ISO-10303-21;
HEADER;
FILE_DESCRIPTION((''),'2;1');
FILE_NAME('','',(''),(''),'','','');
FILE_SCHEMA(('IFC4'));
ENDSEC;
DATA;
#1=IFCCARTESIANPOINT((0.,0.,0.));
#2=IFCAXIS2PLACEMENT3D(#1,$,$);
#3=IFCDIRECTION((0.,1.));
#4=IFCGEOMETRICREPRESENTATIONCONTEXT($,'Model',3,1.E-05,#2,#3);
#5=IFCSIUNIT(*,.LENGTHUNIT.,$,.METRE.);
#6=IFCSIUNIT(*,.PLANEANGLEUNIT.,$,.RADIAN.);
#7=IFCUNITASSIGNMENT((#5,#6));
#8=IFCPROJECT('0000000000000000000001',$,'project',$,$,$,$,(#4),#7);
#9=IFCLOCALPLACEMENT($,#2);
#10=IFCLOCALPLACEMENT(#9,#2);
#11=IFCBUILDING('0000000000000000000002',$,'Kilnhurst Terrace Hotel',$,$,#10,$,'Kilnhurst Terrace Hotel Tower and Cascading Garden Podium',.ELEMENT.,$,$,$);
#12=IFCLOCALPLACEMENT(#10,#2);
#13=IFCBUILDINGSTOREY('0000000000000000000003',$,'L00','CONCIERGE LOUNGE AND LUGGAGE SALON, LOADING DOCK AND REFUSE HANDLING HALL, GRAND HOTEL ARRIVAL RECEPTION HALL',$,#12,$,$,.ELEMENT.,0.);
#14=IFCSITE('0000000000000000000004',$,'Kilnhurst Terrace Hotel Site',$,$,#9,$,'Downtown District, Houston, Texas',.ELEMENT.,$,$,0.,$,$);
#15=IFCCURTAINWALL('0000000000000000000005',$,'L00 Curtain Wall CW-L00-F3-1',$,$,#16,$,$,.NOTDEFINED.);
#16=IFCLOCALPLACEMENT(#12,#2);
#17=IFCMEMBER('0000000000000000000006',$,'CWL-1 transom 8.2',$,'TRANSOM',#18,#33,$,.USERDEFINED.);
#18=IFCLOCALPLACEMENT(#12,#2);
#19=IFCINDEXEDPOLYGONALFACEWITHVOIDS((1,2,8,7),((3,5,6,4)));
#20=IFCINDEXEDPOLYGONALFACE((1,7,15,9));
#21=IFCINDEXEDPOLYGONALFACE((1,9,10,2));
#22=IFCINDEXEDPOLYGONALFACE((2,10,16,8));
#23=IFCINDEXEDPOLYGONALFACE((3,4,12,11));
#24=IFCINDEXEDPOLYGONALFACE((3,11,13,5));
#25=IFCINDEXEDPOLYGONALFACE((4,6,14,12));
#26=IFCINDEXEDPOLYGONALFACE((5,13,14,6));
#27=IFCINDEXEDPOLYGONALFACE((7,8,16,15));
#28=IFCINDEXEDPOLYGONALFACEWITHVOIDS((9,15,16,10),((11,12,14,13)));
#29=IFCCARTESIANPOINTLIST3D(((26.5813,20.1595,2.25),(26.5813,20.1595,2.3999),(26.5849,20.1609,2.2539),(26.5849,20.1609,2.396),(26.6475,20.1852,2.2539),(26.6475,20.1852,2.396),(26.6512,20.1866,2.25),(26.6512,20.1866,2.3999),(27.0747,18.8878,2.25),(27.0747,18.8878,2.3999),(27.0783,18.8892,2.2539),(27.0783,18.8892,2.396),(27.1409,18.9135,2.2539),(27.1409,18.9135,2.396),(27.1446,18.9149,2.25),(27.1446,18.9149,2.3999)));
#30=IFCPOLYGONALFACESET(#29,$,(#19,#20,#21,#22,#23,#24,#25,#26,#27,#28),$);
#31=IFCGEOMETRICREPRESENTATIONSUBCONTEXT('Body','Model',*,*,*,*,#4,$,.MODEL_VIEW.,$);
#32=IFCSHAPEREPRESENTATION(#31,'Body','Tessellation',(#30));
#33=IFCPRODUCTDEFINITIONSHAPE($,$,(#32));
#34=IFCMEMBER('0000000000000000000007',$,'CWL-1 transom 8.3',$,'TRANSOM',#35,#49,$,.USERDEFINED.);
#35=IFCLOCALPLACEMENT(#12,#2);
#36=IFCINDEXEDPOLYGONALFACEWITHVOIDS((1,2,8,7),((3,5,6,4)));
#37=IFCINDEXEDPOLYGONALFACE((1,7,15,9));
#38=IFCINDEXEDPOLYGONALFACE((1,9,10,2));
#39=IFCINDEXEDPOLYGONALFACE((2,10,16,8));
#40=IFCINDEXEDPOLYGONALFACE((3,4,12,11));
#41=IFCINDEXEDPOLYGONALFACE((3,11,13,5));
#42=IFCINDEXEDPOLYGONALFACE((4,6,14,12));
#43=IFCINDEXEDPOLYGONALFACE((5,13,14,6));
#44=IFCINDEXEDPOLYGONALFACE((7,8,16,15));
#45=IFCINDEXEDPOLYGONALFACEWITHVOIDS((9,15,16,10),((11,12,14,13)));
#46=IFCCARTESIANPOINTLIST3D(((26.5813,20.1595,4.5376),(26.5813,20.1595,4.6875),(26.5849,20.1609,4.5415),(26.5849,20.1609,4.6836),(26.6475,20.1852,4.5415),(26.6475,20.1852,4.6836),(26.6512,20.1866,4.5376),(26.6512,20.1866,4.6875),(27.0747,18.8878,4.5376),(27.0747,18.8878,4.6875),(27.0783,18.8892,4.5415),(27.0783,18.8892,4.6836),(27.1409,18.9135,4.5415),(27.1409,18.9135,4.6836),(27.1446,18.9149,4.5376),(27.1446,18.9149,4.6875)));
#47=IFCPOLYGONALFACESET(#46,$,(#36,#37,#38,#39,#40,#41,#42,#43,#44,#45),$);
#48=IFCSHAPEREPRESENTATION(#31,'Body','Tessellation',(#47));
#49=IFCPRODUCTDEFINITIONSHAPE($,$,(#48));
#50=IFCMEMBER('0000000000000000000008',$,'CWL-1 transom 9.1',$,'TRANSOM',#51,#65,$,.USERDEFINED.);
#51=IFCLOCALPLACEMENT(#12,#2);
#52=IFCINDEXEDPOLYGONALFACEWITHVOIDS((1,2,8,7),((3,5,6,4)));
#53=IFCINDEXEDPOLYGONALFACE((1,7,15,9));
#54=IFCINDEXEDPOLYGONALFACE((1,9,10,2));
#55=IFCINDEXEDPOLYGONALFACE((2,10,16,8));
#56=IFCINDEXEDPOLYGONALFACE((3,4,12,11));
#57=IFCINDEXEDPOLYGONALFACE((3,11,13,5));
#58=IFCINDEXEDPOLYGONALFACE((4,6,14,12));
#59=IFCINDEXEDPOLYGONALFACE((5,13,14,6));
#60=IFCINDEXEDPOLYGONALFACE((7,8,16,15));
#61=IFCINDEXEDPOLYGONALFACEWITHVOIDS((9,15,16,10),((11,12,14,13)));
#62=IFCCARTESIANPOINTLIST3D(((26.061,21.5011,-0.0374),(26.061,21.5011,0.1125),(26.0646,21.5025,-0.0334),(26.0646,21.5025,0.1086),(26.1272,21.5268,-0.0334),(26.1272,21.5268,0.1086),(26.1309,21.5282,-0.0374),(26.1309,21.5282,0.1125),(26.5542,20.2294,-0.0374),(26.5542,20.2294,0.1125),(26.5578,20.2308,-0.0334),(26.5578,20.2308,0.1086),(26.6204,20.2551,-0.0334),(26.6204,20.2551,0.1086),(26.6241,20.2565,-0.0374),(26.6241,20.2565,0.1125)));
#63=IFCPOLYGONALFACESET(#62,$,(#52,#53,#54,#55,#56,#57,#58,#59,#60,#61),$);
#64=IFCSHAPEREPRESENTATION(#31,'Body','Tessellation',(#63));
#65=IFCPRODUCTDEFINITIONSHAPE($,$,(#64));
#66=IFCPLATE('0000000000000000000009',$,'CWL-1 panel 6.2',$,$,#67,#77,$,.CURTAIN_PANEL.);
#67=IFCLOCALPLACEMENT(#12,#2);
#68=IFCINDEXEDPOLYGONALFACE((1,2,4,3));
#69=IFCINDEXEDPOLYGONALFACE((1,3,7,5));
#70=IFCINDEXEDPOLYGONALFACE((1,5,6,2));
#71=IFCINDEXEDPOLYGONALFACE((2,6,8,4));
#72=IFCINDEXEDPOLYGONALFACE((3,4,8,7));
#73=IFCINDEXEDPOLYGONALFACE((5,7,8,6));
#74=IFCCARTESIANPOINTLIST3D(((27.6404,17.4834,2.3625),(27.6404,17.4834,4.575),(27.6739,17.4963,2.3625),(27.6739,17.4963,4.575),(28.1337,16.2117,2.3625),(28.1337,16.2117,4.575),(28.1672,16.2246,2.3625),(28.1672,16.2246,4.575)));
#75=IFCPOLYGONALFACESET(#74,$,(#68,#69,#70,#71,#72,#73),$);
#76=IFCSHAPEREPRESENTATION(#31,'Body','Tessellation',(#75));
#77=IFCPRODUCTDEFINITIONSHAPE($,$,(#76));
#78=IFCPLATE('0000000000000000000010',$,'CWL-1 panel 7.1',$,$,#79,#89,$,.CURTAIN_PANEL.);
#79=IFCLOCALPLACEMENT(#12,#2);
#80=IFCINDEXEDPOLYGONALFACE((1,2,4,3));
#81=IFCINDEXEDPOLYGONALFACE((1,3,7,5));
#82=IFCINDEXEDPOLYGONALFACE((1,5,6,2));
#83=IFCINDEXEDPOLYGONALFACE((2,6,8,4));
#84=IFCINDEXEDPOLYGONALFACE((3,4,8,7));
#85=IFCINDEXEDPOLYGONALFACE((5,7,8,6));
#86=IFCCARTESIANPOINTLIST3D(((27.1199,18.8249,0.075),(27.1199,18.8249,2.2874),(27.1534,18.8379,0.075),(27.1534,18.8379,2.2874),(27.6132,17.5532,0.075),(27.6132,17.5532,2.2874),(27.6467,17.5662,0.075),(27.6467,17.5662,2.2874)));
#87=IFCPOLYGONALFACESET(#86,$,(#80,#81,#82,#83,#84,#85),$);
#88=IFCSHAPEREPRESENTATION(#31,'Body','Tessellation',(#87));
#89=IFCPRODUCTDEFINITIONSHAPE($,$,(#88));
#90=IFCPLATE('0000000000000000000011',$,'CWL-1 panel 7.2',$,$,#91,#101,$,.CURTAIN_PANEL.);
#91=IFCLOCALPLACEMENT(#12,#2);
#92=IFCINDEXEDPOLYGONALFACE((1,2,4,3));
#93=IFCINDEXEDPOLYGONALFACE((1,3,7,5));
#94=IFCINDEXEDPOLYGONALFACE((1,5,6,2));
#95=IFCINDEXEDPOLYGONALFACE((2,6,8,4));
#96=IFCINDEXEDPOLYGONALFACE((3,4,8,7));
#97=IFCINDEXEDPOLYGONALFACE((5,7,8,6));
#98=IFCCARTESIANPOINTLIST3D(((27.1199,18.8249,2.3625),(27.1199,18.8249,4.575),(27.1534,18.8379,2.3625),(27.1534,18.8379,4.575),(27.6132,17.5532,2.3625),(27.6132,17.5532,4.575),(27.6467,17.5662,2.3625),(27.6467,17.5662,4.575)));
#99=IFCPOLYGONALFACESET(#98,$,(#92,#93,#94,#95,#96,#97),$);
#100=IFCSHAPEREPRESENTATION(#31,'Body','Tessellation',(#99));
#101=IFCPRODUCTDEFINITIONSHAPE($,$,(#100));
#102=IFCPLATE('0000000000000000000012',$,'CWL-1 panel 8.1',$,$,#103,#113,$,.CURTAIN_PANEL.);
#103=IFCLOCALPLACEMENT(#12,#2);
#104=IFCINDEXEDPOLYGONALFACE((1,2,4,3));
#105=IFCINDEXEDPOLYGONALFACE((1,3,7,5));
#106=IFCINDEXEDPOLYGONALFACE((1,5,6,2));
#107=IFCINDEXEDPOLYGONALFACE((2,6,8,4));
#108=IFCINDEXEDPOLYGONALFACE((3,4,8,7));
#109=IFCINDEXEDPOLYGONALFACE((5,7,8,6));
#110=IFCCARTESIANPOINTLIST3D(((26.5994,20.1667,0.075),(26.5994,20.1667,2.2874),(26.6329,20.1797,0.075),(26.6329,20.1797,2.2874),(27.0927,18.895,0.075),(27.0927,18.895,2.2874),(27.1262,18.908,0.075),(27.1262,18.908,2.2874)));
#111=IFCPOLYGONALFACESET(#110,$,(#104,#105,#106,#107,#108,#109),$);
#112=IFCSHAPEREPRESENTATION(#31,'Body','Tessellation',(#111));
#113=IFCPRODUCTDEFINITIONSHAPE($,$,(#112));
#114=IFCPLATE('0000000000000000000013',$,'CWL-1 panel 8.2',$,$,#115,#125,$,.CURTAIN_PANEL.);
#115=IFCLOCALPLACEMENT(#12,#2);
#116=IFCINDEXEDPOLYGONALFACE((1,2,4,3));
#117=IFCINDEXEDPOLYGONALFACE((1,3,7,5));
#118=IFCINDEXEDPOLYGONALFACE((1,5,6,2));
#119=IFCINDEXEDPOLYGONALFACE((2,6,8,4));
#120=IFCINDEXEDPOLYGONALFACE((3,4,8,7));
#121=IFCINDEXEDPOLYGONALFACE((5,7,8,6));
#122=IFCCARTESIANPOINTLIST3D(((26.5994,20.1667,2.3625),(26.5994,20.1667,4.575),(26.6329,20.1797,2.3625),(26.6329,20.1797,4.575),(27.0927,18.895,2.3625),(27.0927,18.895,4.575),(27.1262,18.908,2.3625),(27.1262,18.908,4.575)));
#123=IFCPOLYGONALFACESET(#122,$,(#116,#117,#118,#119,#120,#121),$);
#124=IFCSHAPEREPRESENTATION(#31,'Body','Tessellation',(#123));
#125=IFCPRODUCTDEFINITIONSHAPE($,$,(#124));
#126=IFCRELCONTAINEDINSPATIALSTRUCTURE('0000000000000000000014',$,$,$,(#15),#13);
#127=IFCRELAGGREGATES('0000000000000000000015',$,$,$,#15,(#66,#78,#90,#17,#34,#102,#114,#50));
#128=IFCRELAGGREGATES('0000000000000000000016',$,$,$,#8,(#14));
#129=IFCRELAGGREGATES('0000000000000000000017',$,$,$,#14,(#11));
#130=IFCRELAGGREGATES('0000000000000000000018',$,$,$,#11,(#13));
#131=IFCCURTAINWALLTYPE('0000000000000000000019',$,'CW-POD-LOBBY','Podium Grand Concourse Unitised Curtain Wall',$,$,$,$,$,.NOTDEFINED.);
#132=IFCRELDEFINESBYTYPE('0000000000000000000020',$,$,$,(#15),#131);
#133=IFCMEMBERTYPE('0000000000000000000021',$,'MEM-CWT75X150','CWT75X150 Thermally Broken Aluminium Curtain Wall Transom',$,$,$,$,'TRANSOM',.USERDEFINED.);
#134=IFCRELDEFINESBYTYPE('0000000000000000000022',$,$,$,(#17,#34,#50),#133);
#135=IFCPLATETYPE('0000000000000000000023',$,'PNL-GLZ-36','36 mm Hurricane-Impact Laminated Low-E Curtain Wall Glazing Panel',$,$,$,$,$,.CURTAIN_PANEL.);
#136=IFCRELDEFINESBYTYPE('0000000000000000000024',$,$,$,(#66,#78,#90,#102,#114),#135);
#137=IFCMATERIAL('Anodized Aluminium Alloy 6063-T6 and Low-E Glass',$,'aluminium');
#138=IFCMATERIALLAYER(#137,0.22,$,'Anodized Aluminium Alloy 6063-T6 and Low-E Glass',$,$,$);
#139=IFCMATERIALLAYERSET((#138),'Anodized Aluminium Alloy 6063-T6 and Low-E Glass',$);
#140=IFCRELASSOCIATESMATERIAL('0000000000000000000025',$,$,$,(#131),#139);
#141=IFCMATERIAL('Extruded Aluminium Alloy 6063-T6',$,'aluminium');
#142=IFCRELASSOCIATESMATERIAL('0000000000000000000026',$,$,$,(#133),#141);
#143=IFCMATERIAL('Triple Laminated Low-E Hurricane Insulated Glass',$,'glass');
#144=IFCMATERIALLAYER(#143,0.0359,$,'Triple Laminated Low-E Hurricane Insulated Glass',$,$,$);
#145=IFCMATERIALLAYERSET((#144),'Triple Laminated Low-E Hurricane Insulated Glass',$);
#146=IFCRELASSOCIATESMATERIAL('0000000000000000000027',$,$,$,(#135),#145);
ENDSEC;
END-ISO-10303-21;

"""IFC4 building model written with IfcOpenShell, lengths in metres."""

from ifc_helpers import new_model, si_unit, direction, frame, origin, origin_2d, place, context, subcontext, project, spatial, rectangle, hollow_rectangle, extrude, material, layer, layer_set, material_profile, profile_set, type_object, element, aggregate, save


model = new_model("IFC4")

# Units and contexts
model_context = context("Model", 3, precision=1e-05, world=origin(), true_north=direction((0.0, 1.0)))
body_context = subcontext(model_context, "Body", "Model", "MODEL_VIEW")
ifc_project = project(units=[si_unit("LENGTHUNIT", "METRE"), si_unit("PLANEANGLEUNIT", "RADIAN")], contexts=[model_context])

# Site, building, storey
site_placement = place(None, origin())
site = spatial("IfcSite", under=ifc_project, at=site_placement, Name="Kilnhurst Terrace Hotel Site", LongName="Downtown District, Houston, Texas", CompositionType="ELEMENT", RefElevation=0.0)
building_placement = place(site_placement, origin())
building = spatial("IfcBuilding", under=site, at=building_placement, Name="Kilnhurst Terrace Hotel", LongName="Kilnhurst Terrace Hotel Tower and Cascading Garden Podium", CompositionType="ELEMENT")
storey_placement = place(building_placement, origin())
storey = spatial("IfcBuildingStorey", under=building, at=storey_placement, Name="L00", Description="CONCIERGE LOUNGE AND LUGGAGE SALON, LOADING DOCK AND REFUSE HANDLING HALL, GRAND HOTEL ARRIVAL RECEPTION HALL", CompositionType="ELEMENT", Elevation=0.0)

# Curtain wall, members, plates
ifc_material_1 = material(Name="Anodized Aluminium Alloy 6063-T6 and Low-E Glass", Category="aluminium")
ifc_layer_1 = layer(ifc_material_1, 0.22, Name="Anodized Aluminium Alloy 6063-T6 and Low-E Glass")
ifc_layer_set_1 = layer_set([ifc_layer_1], Name="Anodized Aluminium Alloy 6063-T6 and Low-E Glass")
curtain_wall_type = type_object("IfcCurtainWallType", Name="CW-POD-LOBBY", Description="Podium Grand Concourse Unitised Curtain Wall", PredefinedType="NOTDEFINED", material=ifc_layer_set_1)
curtain_wall_placement = place(storey_placement, origin())
curtain_wall = element("IfcCurtainWall", 1, at=curtain_wall_placement, inside=storey, type_object=curtain_wall_type, Name="L00 Curtain Wall CW-L00-F3-1", PredefinedType="NOTDEFINED")
ifc_material_2 = material(Name="Extruded Aluminium Alloy 6063-T6", Category="aluminium")
ifc_material_profile_1 = material_profile(ifc_material_2, hollow_rectangle(XDim=0.075, YDim=0.1499, WallThickness=0.0039, at=origin_2d()), Name="CWT75X150")
ifc_profile_set_1 = profile_set([ifc_material_profile_1], Name="Extruded Aluminium Alloy 6063-T6")
member_type_1 = type_object("IfcMemberType", Name="MEM-CWT75X150", Description="CWT75X150 Thermally Broken Aluminium Curtain Wall Transom", ElementType="TRANSOM", PredefinedType="USERDEFINED", material=ifc_profile_set_1)
member_1_placement = place(storey_placement, frame((27.1096, 18.9014, 2.325), z_axis=(-0.361712, 0.93229, 0.0), x_axis=(-0.93229, -0.361712, 0.0)))
member_1 = element("IfcMember", 2, at=member_1_placement, type_object=member_type_1, Name="CWL-1 transom 8.2", ObjectType="TRANSOM", PredefinedType="USERDEFINED", context=body_context, shape_type="SweptSolid", body=[
    extrude(hollow_rectangle(XDim=0.075, YDim=0.1499, WallThickness=0.0039, at=origin_2d()), origin(), (0.0, 0.0, 1.0), 1.364),
])
member_2_placement = place(storey_placement, frame((27.1096, 18.9014, 4.6125), z_axis=(-0.361712, 0.93229, 0.0), x_axis=(-0.93229, -0.361712, 0.0)))
member_2 = element("IfcMember", 3, at=member_2_placement, type_object=member_type_1, Name="CWL-1 transom 8.3", ObjectType="TRANSOM", PredefinedType="USERDEFINED", context=body_context, shape_type="SweptSolid", body=[
    extrude(hollow_rectangle(XDim=0.075, YDim=0.1499, WallThickness=0.0039, at=origin_2d()), origin(), (0.0, 0.0, 1.0), 1.364),
])
member_3_placement = place(storey_placement, frame((26.5891, 20.2429, 0.0376), z_axis=(-0.361556, 0.93235, 0.0), x_axis=(-0.93235, -0.361556, 0.0)))
member_3 = element("IfcMember", 4, at=member_3_placement, type_object=member_type_1, Name="CWL-1 transom 9.1", ObjectType="TRANSOM", PredefinedType="USERDEFINED", context=body_context, shape_type="SweptSolid", body=[
    extrude(hollow_rectangle(XDim=0.075, YDim=0.1499, WallThickness=0.0039, at=origin_2d()), origin(), (0.0, 0.0, 1.0), 1.364),
])
ifc_material_3 = material(Name="Triple Laminated Low-E Hurricane Insulated Glass", Category="glass")
ifc_layer_2 = layer(ifc_material_3, 0.0359, Name="Triple Laminated Low-E Hurricane Insulated Glass")
ifc_layer_set_2 = layer_set([ifc_layer_2], Name="Triple Laminated Low-E Hurricane Insulated Glass")
plate_type = type_object("IfcPlateType", Name="PNL-GLZ-36", Description="36 mm Hurricane-Impact Laminated Low-E Curtain Wall Glazing Panel", PredefinedType="CURTAIN_PANEL", material=ifc_layer_set_2)
plate_1_placement = place(storey_placement, frame((27.9038, 16.854, 2.3625), z_axis=(0.0, 0.0, 1.0), x_axis=(-0.361639, 0.932318, 0.0)))
plate_1 = element("IfcPlate", 5, at=plate_1_placement, type_object=plate_type, Name="CWL-1 panel 6.2", PredefinedType="CURTAIN_PANEL", context=body_context, shape_type="SweptSolid", body=[
    extrude(rectangle(XDim=1.364, YDim=0.0359, at=origin_2d()), origin(), (0.0, 0.0, 1.0), 2.2124),
])
plate_2_placement = place(storey_placement, frame((27.3833, 18.1956, 0.075), z_axis=(0.0, 0.0, 1.0), x_axis=(-0.361639, 0.932318, 0.0)))
plate_2 = element("IfcPlate", 6, at=plate_2_placement, type_object=plate_type, Name="CWL-1 panel 7.1", PredefinedType="CURTAIN_PANEL", context=body_context, shape_type="SweptSolid", body=[
    extrude(rectangle(XDim=1.364, YDim=0.0359, at=origin_2d()), origin(), (0.0, 0.0, 1.0), 2.2124),
])
plate_3_placement = place(storey_placement, frame((27.3833, 18.1956, 2.3625), z_axis=(0.0, 0.0, 1.0), x_axis=(-0.361639, 0.932318, 0.0)))
plate_3 = element("IfcPlate", 7, at=plate_3_placement, type_object=plate_type, Name="CWL-1 panel 7.2", PredefinedType="CURTAIN_PANEL", context=body_context, shape_type="SweptSolid", body=[
    extrude(rectangle(XDim=1.364, YDim=0.0359, at=origin_2d()), origin(), (0.0, 0.0, 1.0), 2.2124),
])
plate_4_placement = place(storey_placement, frame((26.8628, 19.5374, 0.075), z_axis=(0.0, 0.0, 1.0), x_axis=(-0.361639, 0.932318, 0.0)))
plate_4 = element("IfcPlate", 8, at=plate_4_placement, type_object=plate_type, Name="CWL-1 panel 8.1", PredefinedType="CURTAIN_PANEL", context=body_context, shape_type="SweptSolid", body=[
    extrude(rectangle(XDim=1.364, YDim=0.0359, at=origin_2d()), origin(), (0.0, 0.0, 1.0), 2.2124),
])
plate_5_placement = place(storey_placement, frame((26.8628, 19.5374, 2.3625), z_axis=(0.0, 0.0, 1.0), x_axis=(-0.361639, 0.932318, 0.0)))
plate_5 = element("IfcPlate", 9, at=plate_5_placement, type_object=plate_type, Name="CWL-1 panel 8.2", PredefinedType="CURTAIN_PANEL", context=body_context, shape_type="SweptSolid", body=[
    extrude(rectangle(XDim=1.364, YDim=0.0359, at=origin_2d()), origin(), (0.0, 0.0, 1.0), 2.2124),
])
aggregate(curtain_wall, [plate_1, plate_2, plate_3, member_1, member_2, plate_4, plate_5, member_3])

save(model, "model.ifc")
